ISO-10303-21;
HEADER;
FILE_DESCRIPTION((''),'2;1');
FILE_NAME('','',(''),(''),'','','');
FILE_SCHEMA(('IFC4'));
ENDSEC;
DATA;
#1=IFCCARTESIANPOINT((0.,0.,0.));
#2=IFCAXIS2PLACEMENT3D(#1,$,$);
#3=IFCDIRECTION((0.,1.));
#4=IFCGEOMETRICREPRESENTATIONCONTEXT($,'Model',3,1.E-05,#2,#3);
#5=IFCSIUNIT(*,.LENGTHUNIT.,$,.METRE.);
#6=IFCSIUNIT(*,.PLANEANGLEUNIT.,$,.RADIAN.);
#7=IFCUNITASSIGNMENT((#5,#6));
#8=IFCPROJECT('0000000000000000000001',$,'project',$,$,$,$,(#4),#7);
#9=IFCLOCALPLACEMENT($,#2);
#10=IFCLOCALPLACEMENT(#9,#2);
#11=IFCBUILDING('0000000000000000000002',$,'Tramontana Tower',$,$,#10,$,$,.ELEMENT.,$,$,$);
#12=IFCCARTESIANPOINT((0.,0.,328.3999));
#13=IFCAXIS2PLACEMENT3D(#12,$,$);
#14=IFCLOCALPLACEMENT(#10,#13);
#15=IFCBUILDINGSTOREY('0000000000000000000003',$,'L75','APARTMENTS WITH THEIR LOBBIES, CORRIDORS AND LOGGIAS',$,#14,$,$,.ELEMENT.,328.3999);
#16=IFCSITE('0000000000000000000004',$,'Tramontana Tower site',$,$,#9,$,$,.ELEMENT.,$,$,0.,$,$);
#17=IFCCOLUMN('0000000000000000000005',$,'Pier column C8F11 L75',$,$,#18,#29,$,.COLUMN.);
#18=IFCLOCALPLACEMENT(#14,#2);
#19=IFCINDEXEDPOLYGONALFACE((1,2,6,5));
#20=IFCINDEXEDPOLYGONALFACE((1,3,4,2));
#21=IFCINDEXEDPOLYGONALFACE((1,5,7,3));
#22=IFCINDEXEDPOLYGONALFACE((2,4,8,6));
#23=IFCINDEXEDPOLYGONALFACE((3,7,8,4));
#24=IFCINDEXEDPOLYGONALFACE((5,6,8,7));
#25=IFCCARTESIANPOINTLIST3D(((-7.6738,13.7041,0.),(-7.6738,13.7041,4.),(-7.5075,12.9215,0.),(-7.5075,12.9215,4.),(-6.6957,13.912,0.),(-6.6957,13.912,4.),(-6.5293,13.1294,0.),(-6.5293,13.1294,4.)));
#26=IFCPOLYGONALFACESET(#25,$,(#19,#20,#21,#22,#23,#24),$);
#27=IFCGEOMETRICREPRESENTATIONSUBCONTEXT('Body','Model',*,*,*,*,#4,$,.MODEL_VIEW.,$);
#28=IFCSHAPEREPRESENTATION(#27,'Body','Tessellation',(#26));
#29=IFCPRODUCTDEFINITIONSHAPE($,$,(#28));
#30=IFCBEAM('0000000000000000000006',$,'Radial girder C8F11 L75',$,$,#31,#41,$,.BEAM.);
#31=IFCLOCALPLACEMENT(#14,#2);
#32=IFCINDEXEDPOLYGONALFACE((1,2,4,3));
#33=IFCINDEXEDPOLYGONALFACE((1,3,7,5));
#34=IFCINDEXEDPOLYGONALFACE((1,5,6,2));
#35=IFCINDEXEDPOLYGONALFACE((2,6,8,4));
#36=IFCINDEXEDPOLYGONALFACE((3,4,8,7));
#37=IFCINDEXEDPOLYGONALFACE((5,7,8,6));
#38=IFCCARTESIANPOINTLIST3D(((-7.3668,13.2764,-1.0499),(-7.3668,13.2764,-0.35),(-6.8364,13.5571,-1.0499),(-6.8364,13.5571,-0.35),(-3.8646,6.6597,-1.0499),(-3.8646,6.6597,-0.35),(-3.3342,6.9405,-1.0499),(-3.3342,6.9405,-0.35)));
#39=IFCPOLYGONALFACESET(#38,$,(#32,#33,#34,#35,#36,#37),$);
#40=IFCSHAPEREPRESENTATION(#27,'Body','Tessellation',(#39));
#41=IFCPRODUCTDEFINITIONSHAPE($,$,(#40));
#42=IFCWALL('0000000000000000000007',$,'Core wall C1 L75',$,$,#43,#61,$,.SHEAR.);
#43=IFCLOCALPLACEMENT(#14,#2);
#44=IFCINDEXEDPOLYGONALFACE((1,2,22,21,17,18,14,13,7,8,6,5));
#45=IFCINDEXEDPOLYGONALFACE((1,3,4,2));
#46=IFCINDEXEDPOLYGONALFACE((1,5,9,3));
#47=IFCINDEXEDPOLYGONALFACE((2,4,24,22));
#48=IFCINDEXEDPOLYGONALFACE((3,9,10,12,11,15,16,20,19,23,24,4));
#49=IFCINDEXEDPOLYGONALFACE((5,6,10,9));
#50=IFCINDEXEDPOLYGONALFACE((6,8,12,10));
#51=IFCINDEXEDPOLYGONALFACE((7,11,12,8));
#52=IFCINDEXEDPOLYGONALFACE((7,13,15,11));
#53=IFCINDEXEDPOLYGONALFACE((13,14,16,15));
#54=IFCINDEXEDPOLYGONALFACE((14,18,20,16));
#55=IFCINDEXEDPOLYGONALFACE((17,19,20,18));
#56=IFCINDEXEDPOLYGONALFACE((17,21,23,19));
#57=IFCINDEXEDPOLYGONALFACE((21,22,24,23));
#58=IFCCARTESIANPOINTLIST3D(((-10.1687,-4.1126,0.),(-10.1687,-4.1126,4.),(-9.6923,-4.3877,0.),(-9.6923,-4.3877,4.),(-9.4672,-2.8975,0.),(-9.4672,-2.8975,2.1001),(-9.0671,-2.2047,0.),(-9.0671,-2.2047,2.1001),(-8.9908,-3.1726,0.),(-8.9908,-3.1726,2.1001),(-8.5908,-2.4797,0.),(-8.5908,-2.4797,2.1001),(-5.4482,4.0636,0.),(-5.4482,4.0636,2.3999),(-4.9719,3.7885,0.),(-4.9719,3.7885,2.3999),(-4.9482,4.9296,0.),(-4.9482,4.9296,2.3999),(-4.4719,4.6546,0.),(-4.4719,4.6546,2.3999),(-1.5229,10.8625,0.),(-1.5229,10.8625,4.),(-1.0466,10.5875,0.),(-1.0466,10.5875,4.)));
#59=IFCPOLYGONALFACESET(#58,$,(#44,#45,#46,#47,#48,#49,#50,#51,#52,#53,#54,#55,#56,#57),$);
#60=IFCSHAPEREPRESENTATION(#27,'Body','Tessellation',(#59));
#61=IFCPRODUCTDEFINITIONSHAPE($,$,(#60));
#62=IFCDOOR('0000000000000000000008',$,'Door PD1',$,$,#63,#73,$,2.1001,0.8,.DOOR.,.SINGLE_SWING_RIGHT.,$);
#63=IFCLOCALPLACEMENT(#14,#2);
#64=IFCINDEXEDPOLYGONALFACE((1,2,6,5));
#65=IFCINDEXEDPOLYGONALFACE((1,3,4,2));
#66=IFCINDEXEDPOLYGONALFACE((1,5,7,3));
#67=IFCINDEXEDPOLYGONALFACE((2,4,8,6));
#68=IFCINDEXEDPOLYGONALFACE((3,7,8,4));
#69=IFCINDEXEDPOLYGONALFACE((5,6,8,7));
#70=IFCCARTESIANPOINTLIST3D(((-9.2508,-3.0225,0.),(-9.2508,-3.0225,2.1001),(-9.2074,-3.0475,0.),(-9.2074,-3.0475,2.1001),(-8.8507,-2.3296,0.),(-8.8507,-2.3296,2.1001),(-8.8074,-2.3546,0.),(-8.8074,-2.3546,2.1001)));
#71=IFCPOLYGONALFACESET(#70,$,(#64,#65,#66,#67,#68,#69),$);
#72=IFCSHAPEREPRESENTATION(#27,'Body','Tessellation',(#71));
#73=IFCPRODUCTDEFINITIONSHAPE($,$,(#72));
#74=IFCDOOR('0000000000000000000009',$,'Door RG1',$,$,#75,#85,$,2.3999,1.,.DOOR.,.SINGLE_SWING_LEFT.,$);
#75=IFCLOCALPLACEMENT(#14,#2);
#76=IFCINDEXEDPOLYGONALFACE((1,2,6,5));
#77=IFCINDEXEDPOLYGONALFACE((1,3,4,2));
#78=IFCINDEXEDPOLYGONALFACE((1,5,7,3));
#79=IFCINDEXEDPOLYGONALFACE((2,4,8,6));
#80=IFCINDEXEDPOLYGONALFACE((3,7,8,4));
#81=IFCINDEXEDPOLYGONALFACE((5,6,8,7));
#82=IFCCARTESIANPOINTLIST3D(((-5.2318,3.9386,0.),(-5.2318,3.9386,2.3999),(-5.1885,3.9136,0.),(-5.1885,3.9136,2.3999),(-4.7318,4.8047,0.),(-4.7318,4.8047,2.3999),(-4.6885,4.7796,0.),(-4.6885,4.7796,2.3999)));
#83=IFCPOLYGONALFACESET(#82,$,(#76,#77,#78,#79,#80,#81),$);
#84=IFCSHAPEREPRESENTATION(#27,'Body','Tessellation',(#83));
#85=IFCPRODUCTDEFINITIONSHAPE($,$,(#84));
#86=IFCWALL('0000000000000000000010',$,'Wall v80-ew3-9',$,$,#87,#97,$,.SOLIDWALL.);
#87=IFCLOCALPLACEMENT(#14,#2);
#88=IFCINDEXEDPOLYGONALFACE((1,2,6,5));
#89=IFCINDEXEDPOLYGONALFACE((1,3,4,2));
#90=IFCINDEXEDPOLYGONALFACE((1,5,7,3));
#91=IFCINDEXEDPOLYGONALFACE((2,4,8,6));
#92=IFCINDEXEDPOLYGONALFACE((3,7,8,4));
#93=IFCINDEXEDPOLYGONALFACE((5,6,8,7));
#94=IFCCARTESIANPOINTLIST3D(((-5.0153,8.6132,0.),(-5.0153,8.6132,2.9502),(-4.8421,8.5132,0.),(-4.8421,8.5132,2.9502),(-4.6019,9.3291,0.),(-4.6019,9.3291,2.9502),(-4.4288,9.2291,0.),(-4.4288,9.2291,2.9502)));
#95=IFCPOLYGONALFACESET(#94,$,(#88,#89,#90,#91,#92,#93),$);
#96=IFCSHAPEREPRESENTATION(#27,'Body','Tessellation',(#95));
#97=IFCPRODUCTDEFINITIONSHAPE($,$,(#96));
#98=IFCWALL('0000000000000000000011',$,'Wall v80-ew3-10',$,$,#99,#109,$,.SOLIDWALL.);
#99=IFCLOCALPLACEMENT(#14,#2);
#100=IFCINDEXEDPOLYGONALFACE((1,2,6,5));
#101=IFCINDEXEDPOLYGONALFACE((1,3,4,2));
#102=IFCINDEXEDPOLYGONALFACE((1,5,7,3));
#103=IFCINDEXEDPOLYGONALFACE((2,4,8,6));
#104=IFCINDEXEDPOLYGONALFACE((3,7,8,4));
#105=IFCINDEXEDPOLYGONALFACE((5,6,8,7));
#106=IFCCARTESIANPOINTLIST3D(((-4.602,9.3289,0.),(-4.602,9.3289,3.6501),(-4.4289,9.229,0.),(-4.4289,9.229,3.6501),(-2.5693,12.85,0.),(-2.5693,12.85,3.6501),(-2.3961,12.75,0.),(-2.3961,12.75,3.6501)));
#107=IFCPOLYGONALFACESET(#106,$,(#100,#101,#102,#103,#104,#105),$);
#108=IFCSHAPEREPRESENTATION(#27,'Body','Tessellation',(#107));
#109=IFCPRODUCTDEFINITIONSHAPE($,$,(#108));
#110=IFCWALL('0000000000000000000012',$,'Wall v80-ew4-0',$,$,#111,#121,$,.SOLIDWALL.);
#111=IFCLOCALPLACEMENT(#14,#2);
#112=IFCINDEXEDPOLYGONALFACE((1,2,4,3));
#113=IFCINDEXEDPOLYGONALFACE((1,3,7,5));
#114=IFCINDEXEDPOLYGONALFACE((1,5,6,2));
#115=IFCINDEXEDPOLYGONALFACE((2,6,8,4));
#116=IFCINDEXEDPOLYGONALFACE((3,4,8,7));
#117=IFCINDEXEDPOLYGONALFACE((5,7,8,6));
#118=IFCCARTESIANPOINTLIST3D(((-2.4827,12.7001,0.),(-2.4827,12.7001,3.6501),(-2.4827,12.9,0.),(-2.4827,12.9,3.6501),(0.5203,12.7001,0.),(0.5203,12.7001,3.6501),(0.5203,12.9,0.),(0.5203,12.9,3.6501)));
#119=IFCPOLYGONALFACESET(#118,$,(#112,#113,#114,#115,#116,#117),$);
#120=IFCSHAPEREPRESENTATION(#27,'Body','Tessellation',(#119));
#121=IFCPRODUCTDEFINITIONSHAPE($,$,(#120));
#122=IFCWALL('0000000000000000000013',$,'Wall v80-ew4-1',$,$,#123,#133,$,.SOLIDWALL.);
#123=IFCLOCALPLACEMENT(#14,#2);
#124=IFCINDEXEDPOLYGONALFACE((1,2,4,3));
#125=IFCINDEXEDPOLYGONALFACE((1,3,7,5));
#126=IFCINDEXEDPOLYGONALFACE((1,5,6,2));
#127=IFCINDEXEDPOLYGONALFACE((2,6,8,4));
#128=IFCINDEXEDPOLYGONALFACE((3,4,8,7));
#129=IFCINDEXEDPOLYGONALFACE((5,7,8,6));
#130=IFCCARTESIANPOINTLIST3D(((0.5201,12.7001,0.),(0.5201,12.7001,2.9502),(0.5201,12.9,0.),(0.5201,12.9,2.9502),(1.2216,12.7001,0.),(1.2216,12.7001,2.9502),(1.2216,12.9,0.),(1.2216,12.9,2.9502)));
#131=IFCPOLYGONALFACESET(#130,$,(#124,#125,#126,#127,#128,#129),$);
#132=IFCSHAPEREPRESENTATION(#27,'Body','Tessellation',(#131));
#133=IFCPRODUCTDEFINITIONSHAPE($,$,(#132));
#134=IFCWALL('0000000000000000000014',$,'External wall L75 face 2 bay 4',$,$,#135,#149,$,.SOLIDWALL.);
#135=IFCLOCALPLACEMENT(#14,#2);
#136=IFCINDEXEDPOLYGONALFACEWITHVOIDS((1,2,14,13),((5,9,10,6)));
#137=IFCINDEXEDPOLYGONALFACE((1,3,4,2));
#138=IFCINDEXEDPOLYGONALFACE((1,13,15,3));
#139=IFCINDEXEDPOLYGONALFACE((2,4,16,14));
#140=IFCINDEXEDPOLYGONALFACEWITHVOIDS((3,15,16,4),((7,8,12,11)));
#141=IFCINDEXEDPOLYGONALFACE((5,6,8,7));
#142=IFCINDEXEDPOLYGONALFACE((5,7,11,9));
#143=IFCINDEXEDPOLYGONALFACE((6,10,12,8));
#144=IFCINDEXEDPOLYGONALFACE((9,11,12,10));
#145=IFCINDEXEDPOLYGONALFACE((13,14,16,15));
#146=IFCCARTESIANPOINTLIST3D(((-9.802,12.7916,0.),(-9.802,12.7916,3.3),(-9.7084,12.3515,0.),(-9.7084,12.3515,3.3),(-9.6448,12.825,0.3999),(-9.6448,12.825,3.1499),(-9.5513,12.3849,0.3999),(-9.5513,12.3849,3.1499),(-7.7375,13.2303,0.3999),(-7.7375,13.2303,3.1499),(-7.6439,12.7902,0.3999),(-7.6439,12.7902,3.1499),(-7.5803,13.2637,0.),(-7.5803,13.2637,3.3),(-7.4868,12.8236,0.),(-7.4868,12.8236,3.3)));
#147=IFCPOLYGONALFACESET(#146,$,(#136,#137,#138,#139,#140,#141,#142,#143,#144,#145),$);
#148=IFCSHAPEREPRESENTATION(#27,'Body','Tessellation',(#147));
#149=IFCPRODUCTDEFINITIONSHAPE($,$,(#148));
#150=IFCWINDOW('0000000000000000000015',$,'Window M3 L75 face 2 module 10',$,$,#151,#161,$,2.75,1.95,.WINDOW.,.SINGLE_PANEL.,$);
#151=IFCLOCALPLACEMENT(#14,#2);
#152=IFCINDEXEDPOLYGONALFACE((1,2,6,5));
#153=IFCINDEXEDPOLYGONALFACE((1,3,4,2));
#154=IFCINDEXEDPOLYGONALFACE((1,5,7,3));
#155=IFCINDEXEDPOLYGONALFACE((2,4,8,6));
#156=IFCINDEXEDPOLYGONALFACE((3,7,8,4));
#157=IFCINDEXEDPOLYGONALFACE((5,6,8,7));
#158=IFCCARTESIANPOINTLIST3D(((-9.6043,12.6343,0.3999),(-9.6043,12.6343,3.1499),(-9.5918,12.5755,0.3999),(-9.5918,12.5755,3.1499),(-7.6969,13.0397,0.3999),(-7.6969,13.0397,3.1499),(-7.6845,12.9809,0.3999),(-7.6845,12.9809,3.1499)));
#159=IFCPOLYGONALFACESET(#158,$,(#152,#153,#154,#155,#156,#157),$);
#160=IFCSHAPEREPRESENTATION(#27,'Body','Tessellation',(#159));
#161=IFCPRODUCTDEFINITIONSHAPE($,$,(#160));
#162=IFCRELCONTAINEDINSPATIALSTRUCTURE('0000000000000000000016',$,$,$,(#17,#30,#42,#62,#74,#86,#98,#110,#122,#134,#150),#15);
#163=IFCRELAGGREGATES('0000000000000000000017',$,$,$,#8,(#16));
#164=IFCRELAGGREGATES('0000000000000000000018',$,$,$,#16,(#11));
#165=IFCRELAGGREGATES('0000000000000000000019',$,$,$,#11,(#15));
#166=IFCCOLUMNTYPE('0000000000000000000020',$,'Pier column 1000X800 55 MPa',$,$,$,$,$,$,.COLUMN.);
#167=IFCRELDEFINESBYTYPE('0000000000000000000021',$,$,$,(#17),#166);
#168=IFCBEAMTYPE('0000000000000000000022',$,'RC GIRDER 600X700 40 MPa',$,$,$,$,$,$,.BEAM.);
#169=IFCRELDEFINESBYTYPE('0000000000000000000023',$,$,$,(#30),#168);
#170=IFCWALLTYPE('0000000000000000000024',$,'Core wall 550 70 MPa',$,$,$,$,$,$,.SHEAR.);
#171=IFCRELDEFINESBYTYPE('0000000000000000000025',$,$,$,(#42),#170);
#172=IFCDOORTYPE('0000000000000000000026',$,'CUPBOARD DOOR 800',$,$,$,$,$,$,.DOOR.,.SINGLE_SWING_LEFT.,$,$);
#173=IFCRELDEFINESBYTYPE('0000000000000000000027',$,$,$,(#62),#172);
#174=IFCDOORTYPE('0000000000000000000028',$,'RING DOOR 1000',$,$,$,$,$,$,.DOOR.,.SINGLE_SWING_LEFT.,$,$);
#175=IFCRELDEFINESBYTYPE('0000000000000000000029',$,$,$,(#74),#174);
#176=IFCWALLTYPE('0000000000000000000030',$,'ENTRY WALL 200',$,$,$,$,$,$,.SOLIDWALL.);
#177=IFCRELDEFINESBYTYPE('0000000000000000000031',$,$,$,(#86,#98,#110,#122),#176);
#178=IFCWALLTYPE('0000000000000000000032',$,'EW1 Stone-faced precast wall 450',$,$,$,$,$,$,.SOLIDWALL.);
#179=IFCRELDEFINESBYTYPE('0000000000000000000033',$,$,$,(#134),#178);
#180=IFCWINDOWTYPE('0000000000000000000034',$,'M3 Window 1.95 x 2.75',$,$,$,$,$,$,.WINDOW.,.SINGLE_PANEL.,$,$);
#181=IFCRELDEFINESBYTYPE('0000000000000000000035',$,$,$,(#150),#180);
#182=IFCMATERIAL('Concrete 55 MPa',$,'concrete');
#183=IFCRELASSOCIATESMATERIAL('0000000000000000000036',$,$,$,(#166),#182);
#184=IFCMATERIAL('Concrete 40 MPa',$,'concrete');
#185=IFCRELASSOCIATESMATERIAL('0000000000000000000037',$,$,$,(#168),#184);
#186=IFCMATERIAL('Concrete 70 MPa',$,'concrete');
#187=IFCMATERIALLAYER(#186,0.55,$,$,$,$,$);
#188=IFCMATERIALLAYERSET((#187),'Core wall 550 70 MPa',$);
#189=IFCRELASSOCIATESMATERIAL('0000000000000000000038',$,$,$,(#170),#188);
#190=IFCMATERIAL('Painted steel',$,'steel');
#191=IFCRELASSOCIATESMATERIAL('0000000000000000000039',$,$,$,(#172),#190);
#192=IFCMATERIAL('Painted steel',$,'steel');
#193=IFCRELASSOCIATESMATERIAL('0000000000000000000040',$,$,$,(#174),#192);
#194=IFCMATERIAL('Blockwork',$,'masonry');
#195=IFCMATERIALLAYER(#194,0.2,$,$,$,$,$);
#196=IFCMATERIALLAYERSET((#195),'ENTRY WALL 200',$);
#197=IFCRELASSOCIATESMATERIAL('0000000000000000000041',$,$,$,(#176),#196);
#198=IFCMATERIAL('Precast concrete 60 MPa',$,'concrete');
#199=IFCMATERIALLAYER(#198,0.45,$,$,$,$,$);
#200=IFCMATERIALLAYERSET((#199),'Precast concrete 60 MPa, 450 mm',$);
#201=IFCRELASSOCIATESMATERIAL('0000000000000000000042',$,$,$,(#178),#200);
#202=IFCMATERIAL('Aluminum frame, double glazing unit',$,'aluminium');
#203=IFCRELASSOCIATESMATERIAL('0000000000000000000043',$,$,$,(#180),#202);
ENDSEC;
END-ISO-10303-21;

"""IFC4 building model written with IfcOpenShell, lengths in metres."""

from ifc_helpers import new_model, si_unit, direction, frame, frame_2d, origin, origin_2d, place, context, subcontext, project, spatial, rectangle, extrude, material, layer, layer_set, material_profile, profile_set, type_object, element, fill, save


model = new_model("IFC4")

# Units and contexts
model_context = context("Model", 3, precision=1e-05, world=origin(), true_north=direction((0.0, 1.0)))
body_context = subcontext(model_context, "Body", "Model", "MODEL_VIEW")
ifc_project = project(units=[si_unit("LENGTHUNIT", "METRE"), si_unit("PLANEANGLEUNIT", "RADIAN")], contexts=[model_context])

# Site, building, storey
site_placement = place(None, origin())
site = spatial("IfcSite", under=ifc_project, at=site_placement, Name="Tramontana Tower site", CompositionType="ELEMENT", RefElevation=0.0)
building_placement = place(site_placement, origin())
building = spatial("IfcBuilding", under=site, at=building_placement, Name="Tramontana Tower", CompositionType="ELEMENT")
storey_placement = place(building_placement, frame((0.0, 0.0, 328.3999)))
storey = spatial("IfcBuildingStorey", under=building, at=storey_placement, Name="L75", Description="APARTMENTS WITH THEIR LOBBIES, CORRIDORS AND LOGGIAS", CompositionType="ELEMENT", Elevation=328.3999)

# Column
ifc_material_1 = material(Name="Concrete 55 MPa", Category="concrete")
ifc_material_profile_1 = material_profile(ifc_material_1, rectangle(XDim=1.0, YDim=0.8, at=origin_2d()), Name="Pier column 1000X800 55 MPa")
ifc_profile_set_1 = profile_set([ifc_material_profile_1], Name="Concrete 55 MPa")
column_type = type_object("IfcColumnType", Name="Pier column 1000X800 55 MPa", PredefinedType="COLUMN", material=ifc_profile_set_1)
column_placement = place(storey_placement, frame((-7.1016, 13.4167, 0.0), z_axis=(0.0, 0.0, 1.0), x_axis=(-0.978148, -0.207912, 0.0)))
element("IfcColumn", 1, at=column_placement, inside=storey, type_object=column_type, Name="Pier column C8F11 L75", PredefinedType="COLUMN", context=body_context, shape_type="SweptSolid", body=[
    extrude(rectangle(XDim=1.0, YDim=0.8, at=origin_2d()), origin(), (0.0, 0.0, 1.0), 4.0),
])

# Beam
ifc_material_2 = material(Name="Concrete 40 MPa", Category="concrete")
ifc_material_profile_2 = material_profile(ifc_material_2, rectangle(XDim=0.6001, YDim=0.7, at=origin_2d()), Name="RC GIRDER 600X700 40 MPa")
ifc_profile_set_2 = profile_set([ifc_material_profile_2], Name="Concrete 40 MPa")
beam_type = type_object("IfcBeamType", Name="RC GIRDER 600X700 40 MPa", PredefinedType="BEAM", material=ifc_profile_set_2)
beam_placement = place(storey_placement, frame((-7.1016, 13.4167, -0.7), z_axis=(0.467808, -0.88383, 0.0), x_axis=(0.88383, 0.467808, 0.0)))
element("IfcBeam", 2, at=beam_placement, inside=storey, type_object=beam_type, Name="Radial girder C8F11 L75", PredefinedType="BEAM", context=body_context, shape_type="SweptSolid", body=[
    extrude(rectangle(XDim=0.6001, YDim=0.7, at=origin_2d()), origin(), (0.0, 0.0, 1.0), 7.4863),
])

# Wall, openings, doors
ifc_material_3 = material(Name="Concrete 70 MPa", Category="concrete")
ifc_layer_1 = layer(ifc_material_3, 0.55)
ifc_layer_set_1 = layer_set([ifc_layer_1], Name="Core wall 550 70 MPa")
wall_type_1 = type_object("IfcWallType", Name="Core wall 550 70 MPa", PredefinedType="SHEAR", material=ifc_layer_set_1)
wall_1_placement = place(storey_placement, frame((-1.2847, 10.7251, 0.0), z_axis=(0.0, 0.0, 1.0), x_axis=(-0.499995, -0.866029, 0.0)))
wall_1 = element("IfcWall", 3, at=wall_1_placement, inside=storey, type_object=wall_type_1, Name="Core wall C1 L75", PredefinedType="SHEAR", context=body_context, shape_type="SweptSolid", body=[
    extrude(rectangle(XDim=17.2917, YDim=0.55, at=frame_2d((8.646, 0.0))), origin(), (0.0, 0.0, 1.0), 4.0),
])
opening_1_placement = place(wall_1_placement, frame((6.8508, 0.0, 0.0)))
opening_1 = element("IfcOpeningElement", 4, at=opening_1_placement, cuts=wall_1, PredefinedType="OPENING", context=body_context, shape_type="SweptSolid", body=[
    extrude(rectangle(XDim=1.0, YDim=2.3999, at=frame_2d((0.5, 1.2))), frame((0.0, 0.2849, 0.0), z_axis=(0.0, -1.0, 0.0), x_axis=(1.0, 0.0, 0.0)), (0.0, 0.0, 1.0), 0.5701),
])
opening_2_placement = place(wall_1_placement, frame((15.0889, 0.0, 0.0)))
opening_2 = element("IfcOpeningElement", 5, at=opening_2_placement, cuts=wall_1, PredefinedType="OPENING", context=body_context, shape_type="SweptSolid", body=[
    extrude(rectangle(XDim=0.8, YDim=2.1001, at=frame_2d((0.3999, 1.05))), frame((0.0, 0.2849, 0.0), z_axis=(0.0, -1.0, 0.0), x_axis=(1.0, 0.0, 0.0)), (0.0, 0.0, 1.0), 0.5701),
])
ifc_material_4 = material(Name="Painted steel", Category="steel")
door_type_1 = type_object("IfcDoorType", Name="CUPBOARD DOOR 800", OperationType="SINGLE_SWING_LEFT", PredefinedType="DOOR", material=ifc_material_4)
door_1_placement = place(opening_2_placement, origin())
door_1 = element("IfcDoor", 6, at=door_1_placement, inside=storey, type_object=door_type_1, Name="Door PD1", OperationType="SINGLE_SWING_RIGHT", OverallHeight=2.1001, OverallWidth=0.8, PredefinedType="DOOR", context=body_context, shape_type="SweptSolid", body=[
    extrude(rectangle(XDim=0.8, YDim=2.1001, at=frame_2d((0.3999, 1.05))), frame((0.0, 0.0249, 0.0), z_axis=(0.0, -1.0, 0.0), x_axis=(1.0, 0.0, 0.0)), (0.0, 0.0, 1.0), 0.05),
])
fill(opening_2, door_1)
ifc_material_5 = material(Name="Painted steel", Category="steel")
door_type_2 = type_object("IfcDoorType", Name="RING DOOR 1000", OperationType="SINGLE_SWING_LEFT", PredefinedType="DOOR", material=ifc_material_5)
door_2_placement = place(opening_1_placement, origin())
door_2 = element("IfcDoor", 7, at=door_2_placement, inside=storey, type_object=door_type_2, Name="Door RG1", OperationType="SINGLE_SWING_LEFT", OverallHeight=2.3999, OverallWidth=1.0, PredefinedType="DOOR", context=body_context, shape_type="SweptSolid", body=[
    extrude(rectangle(XDim=1.0, YDim=2.3999, at=frame_2d((0.5, 1.2))), frame((0.0, 0.0249, 0.0), z_axis=(0.0, -1.0, 0.0), x_axis=(1.0, 0.0, 0.0)), (0.0, 0.0, 1.0), 0.05),
])
fill(opening_1, door_2)

# Walls
ifc_material_6 = material(Name="Blockwork", Category="masonry")
ifc_layer_2 = layer(ifc_material_6, 0.2)
ifc_layer_set_2 = layer_set([ifc_layer_2], Name="ENTRY WALL 200")
wall_type_2 = type_object("IfcWallType", Name="ENTRY WALL 200", PredefinedType="SOLIDWALL", material=ifc_layer_set_2)
wall_2_placement = place(storey_placement, frame((-4.9287, 8.5632, 0.0), z_axis=(0.0, 0.0, 1.0), x_axis=(0.500046, 0.865999, 0.0)))
element("IfcWall", 8, at=wall_2_placement, inside=storey, type_object=wall_type_2, Name="Wall v80-ew3-9", PredefinedType="SOLIDWALL", context=body_context, shape_type="SweptSolid", body=[
    extrude(rectangle(XDim=0.8267, YDim=0.2, at=frame_2d((0.4133, 0.0))), origin(), (0.0, 0.0, 1.0), 2.9502),
])
wall_3_placement = place(storey_placement, frame((-4.5154, 9.2791, 0.0), z_axis=(0.0, 0.0, 1.0), x_axis=(0.499975, 0.86604, 0.0)))
element("IfcWall", 9, at=wall_3_placement, inside=storey, type_object=wall_type_2, Name="Wall v80-ew3-10", PredefinedType="SOLIDWALL", context=body_context, shape_type="SweptSolid", body=[
    extrude(rectangle(XDim=4.0657, YDim=0.2, at=frame_2d((2.0327, 0.0))), origin(), (0.0, 0.0, 1.0), 3.6501),
])
wall_4_placement = place(storey_placement, frame((-2.4827, 12.8, 0.0), z_axis=(0.0, 0.0, 1.0), x_axis=(1.0, 0.0, 0.0)))
element("IfcWall", 10, at=wall_4_placement, inside=storey, type_object=wall_type_2, Name="Wall v80-ew4-0", PredefinedType="SOLIDWALL", context=body_context, shape_type="SweptSolid", body=[
    extrude(rectangle(XDim=3.0029, YDim=0.2, at=frame_2d((1.5015, 0.0))), origin(), (0.0, 0.0, 1.0), 3.6501),
])
wall_5_placement = place(storey_placement, frame((0.5203, 12.8, 0.0), z_axis=(0.0, 0.0, 1.0), x_axis=(1.0, 0.0, 0.0)))
element("IfcWall", 11, at=wall_5_placement, inside=storey, type_object=wall_type_2, Name="Wall v80-ew4-1", PredefinedType="SOLIDWALL", context=body_context, shape_type="SweptSolid", body=[
    extrude(rectangle(XDim=0.7014, YDim=0.2, at=frame_2d((0.3506, 0.0))), origin(), (0.0, 0.0, 1.0), 2.9502),
])

# Wall, opening, window
ifc_material_7 = material(Name="Precast concrete 60 MPa", Category="concrete")
ifc_layer_3 = layer(ifc_material_7, 0.45)
ifc_layer_set_3 = layer_set([ifc_layer_3], Name="Precast concrete 60 MPa, 450 mm")
wall_type_3 = type_object("IfcWallType", Name="EW1 Stone-faced precast wall 450", PredefinedType="SOLIDWALL", material=ifc_layer_set_3)
wall_6_placement = place(storey_placement, frame((-7.5334, 13.0437, 0.0), z_axis=(0.0, 0.0, 1.0), x_axis=(-0.978153, -0.207884, 0.0)))
wall_6 = element("IfcWall", 12, at=wall_6_placement, inside=storey, type_object=wall_type_3, Name="External wall L75 face 2 bay 4", PredefinedType="SOLIDWALL", context=body_context, shape_type="SweptSolid", body=[
    extrude(rectangle(XDim=2.2712, YDim=0.45, at=frame_2d((1.1357, 0.0))), origin(), (0.0, 0.0, 1.0), 3.3),
])
opening_3_placement = place(wall_6_placement, frame((0.1606, 0.0, 0.3999)))
opening_3 = element("IfcOpeningElement", 13, at=opening_3_placement, cuts=wall_6, PredefinedType="OPENING", context=body_context, shape_type="SweptSolid", body=[
    extrude(rectangle(XDim=1.95, YDim=2.75, at=frame_2d((0.9751, 1.375))), frame((0.0, 0.2349, 0.0), z_axis=(0.0, -1.0, 0.0), x_axis=(1.0, 0.0, 0.0)), (0.0, 0.0, 1.0), 0.47),
])
ifc_material_8 = material(Name="Aluminum frame, double glazing unit", Category="aluminium")
window_type = type_object("IfcWindowType", Name="M3 Window 1.95 x 2.75", PartitioningType="SINGLE_PANEL", PredefinedType="WINDOW", material=ifc_material_8)
window_placement = place(opening_3_placement, origin())
window = element("IfcWindow", 14, at=window_placement, inside=storey, type_object=window_type, Name="Window M3 L75 face 2 module 10", OverallHeight=2.75, OverallWidth=1.95, PartitioningType="SINGLE_PANEL", PredefinedType="WINDOW", context=body_context, shape_type="SweptSolid", body=[
    extrude(rectangle(XDim=1.95, YDim=2.75, at=frame_2d((0.9751, 1.375))), frame((0.0, 0.03, 0.0), z_axis=(0.0, -1.0, 0.0), x_axis=(1.0, 0.0, 0.0)), (0.0, 0.0, 1.0), 0.0601),
])
fill(opening_3, window)

save(model, "model.ifc")
